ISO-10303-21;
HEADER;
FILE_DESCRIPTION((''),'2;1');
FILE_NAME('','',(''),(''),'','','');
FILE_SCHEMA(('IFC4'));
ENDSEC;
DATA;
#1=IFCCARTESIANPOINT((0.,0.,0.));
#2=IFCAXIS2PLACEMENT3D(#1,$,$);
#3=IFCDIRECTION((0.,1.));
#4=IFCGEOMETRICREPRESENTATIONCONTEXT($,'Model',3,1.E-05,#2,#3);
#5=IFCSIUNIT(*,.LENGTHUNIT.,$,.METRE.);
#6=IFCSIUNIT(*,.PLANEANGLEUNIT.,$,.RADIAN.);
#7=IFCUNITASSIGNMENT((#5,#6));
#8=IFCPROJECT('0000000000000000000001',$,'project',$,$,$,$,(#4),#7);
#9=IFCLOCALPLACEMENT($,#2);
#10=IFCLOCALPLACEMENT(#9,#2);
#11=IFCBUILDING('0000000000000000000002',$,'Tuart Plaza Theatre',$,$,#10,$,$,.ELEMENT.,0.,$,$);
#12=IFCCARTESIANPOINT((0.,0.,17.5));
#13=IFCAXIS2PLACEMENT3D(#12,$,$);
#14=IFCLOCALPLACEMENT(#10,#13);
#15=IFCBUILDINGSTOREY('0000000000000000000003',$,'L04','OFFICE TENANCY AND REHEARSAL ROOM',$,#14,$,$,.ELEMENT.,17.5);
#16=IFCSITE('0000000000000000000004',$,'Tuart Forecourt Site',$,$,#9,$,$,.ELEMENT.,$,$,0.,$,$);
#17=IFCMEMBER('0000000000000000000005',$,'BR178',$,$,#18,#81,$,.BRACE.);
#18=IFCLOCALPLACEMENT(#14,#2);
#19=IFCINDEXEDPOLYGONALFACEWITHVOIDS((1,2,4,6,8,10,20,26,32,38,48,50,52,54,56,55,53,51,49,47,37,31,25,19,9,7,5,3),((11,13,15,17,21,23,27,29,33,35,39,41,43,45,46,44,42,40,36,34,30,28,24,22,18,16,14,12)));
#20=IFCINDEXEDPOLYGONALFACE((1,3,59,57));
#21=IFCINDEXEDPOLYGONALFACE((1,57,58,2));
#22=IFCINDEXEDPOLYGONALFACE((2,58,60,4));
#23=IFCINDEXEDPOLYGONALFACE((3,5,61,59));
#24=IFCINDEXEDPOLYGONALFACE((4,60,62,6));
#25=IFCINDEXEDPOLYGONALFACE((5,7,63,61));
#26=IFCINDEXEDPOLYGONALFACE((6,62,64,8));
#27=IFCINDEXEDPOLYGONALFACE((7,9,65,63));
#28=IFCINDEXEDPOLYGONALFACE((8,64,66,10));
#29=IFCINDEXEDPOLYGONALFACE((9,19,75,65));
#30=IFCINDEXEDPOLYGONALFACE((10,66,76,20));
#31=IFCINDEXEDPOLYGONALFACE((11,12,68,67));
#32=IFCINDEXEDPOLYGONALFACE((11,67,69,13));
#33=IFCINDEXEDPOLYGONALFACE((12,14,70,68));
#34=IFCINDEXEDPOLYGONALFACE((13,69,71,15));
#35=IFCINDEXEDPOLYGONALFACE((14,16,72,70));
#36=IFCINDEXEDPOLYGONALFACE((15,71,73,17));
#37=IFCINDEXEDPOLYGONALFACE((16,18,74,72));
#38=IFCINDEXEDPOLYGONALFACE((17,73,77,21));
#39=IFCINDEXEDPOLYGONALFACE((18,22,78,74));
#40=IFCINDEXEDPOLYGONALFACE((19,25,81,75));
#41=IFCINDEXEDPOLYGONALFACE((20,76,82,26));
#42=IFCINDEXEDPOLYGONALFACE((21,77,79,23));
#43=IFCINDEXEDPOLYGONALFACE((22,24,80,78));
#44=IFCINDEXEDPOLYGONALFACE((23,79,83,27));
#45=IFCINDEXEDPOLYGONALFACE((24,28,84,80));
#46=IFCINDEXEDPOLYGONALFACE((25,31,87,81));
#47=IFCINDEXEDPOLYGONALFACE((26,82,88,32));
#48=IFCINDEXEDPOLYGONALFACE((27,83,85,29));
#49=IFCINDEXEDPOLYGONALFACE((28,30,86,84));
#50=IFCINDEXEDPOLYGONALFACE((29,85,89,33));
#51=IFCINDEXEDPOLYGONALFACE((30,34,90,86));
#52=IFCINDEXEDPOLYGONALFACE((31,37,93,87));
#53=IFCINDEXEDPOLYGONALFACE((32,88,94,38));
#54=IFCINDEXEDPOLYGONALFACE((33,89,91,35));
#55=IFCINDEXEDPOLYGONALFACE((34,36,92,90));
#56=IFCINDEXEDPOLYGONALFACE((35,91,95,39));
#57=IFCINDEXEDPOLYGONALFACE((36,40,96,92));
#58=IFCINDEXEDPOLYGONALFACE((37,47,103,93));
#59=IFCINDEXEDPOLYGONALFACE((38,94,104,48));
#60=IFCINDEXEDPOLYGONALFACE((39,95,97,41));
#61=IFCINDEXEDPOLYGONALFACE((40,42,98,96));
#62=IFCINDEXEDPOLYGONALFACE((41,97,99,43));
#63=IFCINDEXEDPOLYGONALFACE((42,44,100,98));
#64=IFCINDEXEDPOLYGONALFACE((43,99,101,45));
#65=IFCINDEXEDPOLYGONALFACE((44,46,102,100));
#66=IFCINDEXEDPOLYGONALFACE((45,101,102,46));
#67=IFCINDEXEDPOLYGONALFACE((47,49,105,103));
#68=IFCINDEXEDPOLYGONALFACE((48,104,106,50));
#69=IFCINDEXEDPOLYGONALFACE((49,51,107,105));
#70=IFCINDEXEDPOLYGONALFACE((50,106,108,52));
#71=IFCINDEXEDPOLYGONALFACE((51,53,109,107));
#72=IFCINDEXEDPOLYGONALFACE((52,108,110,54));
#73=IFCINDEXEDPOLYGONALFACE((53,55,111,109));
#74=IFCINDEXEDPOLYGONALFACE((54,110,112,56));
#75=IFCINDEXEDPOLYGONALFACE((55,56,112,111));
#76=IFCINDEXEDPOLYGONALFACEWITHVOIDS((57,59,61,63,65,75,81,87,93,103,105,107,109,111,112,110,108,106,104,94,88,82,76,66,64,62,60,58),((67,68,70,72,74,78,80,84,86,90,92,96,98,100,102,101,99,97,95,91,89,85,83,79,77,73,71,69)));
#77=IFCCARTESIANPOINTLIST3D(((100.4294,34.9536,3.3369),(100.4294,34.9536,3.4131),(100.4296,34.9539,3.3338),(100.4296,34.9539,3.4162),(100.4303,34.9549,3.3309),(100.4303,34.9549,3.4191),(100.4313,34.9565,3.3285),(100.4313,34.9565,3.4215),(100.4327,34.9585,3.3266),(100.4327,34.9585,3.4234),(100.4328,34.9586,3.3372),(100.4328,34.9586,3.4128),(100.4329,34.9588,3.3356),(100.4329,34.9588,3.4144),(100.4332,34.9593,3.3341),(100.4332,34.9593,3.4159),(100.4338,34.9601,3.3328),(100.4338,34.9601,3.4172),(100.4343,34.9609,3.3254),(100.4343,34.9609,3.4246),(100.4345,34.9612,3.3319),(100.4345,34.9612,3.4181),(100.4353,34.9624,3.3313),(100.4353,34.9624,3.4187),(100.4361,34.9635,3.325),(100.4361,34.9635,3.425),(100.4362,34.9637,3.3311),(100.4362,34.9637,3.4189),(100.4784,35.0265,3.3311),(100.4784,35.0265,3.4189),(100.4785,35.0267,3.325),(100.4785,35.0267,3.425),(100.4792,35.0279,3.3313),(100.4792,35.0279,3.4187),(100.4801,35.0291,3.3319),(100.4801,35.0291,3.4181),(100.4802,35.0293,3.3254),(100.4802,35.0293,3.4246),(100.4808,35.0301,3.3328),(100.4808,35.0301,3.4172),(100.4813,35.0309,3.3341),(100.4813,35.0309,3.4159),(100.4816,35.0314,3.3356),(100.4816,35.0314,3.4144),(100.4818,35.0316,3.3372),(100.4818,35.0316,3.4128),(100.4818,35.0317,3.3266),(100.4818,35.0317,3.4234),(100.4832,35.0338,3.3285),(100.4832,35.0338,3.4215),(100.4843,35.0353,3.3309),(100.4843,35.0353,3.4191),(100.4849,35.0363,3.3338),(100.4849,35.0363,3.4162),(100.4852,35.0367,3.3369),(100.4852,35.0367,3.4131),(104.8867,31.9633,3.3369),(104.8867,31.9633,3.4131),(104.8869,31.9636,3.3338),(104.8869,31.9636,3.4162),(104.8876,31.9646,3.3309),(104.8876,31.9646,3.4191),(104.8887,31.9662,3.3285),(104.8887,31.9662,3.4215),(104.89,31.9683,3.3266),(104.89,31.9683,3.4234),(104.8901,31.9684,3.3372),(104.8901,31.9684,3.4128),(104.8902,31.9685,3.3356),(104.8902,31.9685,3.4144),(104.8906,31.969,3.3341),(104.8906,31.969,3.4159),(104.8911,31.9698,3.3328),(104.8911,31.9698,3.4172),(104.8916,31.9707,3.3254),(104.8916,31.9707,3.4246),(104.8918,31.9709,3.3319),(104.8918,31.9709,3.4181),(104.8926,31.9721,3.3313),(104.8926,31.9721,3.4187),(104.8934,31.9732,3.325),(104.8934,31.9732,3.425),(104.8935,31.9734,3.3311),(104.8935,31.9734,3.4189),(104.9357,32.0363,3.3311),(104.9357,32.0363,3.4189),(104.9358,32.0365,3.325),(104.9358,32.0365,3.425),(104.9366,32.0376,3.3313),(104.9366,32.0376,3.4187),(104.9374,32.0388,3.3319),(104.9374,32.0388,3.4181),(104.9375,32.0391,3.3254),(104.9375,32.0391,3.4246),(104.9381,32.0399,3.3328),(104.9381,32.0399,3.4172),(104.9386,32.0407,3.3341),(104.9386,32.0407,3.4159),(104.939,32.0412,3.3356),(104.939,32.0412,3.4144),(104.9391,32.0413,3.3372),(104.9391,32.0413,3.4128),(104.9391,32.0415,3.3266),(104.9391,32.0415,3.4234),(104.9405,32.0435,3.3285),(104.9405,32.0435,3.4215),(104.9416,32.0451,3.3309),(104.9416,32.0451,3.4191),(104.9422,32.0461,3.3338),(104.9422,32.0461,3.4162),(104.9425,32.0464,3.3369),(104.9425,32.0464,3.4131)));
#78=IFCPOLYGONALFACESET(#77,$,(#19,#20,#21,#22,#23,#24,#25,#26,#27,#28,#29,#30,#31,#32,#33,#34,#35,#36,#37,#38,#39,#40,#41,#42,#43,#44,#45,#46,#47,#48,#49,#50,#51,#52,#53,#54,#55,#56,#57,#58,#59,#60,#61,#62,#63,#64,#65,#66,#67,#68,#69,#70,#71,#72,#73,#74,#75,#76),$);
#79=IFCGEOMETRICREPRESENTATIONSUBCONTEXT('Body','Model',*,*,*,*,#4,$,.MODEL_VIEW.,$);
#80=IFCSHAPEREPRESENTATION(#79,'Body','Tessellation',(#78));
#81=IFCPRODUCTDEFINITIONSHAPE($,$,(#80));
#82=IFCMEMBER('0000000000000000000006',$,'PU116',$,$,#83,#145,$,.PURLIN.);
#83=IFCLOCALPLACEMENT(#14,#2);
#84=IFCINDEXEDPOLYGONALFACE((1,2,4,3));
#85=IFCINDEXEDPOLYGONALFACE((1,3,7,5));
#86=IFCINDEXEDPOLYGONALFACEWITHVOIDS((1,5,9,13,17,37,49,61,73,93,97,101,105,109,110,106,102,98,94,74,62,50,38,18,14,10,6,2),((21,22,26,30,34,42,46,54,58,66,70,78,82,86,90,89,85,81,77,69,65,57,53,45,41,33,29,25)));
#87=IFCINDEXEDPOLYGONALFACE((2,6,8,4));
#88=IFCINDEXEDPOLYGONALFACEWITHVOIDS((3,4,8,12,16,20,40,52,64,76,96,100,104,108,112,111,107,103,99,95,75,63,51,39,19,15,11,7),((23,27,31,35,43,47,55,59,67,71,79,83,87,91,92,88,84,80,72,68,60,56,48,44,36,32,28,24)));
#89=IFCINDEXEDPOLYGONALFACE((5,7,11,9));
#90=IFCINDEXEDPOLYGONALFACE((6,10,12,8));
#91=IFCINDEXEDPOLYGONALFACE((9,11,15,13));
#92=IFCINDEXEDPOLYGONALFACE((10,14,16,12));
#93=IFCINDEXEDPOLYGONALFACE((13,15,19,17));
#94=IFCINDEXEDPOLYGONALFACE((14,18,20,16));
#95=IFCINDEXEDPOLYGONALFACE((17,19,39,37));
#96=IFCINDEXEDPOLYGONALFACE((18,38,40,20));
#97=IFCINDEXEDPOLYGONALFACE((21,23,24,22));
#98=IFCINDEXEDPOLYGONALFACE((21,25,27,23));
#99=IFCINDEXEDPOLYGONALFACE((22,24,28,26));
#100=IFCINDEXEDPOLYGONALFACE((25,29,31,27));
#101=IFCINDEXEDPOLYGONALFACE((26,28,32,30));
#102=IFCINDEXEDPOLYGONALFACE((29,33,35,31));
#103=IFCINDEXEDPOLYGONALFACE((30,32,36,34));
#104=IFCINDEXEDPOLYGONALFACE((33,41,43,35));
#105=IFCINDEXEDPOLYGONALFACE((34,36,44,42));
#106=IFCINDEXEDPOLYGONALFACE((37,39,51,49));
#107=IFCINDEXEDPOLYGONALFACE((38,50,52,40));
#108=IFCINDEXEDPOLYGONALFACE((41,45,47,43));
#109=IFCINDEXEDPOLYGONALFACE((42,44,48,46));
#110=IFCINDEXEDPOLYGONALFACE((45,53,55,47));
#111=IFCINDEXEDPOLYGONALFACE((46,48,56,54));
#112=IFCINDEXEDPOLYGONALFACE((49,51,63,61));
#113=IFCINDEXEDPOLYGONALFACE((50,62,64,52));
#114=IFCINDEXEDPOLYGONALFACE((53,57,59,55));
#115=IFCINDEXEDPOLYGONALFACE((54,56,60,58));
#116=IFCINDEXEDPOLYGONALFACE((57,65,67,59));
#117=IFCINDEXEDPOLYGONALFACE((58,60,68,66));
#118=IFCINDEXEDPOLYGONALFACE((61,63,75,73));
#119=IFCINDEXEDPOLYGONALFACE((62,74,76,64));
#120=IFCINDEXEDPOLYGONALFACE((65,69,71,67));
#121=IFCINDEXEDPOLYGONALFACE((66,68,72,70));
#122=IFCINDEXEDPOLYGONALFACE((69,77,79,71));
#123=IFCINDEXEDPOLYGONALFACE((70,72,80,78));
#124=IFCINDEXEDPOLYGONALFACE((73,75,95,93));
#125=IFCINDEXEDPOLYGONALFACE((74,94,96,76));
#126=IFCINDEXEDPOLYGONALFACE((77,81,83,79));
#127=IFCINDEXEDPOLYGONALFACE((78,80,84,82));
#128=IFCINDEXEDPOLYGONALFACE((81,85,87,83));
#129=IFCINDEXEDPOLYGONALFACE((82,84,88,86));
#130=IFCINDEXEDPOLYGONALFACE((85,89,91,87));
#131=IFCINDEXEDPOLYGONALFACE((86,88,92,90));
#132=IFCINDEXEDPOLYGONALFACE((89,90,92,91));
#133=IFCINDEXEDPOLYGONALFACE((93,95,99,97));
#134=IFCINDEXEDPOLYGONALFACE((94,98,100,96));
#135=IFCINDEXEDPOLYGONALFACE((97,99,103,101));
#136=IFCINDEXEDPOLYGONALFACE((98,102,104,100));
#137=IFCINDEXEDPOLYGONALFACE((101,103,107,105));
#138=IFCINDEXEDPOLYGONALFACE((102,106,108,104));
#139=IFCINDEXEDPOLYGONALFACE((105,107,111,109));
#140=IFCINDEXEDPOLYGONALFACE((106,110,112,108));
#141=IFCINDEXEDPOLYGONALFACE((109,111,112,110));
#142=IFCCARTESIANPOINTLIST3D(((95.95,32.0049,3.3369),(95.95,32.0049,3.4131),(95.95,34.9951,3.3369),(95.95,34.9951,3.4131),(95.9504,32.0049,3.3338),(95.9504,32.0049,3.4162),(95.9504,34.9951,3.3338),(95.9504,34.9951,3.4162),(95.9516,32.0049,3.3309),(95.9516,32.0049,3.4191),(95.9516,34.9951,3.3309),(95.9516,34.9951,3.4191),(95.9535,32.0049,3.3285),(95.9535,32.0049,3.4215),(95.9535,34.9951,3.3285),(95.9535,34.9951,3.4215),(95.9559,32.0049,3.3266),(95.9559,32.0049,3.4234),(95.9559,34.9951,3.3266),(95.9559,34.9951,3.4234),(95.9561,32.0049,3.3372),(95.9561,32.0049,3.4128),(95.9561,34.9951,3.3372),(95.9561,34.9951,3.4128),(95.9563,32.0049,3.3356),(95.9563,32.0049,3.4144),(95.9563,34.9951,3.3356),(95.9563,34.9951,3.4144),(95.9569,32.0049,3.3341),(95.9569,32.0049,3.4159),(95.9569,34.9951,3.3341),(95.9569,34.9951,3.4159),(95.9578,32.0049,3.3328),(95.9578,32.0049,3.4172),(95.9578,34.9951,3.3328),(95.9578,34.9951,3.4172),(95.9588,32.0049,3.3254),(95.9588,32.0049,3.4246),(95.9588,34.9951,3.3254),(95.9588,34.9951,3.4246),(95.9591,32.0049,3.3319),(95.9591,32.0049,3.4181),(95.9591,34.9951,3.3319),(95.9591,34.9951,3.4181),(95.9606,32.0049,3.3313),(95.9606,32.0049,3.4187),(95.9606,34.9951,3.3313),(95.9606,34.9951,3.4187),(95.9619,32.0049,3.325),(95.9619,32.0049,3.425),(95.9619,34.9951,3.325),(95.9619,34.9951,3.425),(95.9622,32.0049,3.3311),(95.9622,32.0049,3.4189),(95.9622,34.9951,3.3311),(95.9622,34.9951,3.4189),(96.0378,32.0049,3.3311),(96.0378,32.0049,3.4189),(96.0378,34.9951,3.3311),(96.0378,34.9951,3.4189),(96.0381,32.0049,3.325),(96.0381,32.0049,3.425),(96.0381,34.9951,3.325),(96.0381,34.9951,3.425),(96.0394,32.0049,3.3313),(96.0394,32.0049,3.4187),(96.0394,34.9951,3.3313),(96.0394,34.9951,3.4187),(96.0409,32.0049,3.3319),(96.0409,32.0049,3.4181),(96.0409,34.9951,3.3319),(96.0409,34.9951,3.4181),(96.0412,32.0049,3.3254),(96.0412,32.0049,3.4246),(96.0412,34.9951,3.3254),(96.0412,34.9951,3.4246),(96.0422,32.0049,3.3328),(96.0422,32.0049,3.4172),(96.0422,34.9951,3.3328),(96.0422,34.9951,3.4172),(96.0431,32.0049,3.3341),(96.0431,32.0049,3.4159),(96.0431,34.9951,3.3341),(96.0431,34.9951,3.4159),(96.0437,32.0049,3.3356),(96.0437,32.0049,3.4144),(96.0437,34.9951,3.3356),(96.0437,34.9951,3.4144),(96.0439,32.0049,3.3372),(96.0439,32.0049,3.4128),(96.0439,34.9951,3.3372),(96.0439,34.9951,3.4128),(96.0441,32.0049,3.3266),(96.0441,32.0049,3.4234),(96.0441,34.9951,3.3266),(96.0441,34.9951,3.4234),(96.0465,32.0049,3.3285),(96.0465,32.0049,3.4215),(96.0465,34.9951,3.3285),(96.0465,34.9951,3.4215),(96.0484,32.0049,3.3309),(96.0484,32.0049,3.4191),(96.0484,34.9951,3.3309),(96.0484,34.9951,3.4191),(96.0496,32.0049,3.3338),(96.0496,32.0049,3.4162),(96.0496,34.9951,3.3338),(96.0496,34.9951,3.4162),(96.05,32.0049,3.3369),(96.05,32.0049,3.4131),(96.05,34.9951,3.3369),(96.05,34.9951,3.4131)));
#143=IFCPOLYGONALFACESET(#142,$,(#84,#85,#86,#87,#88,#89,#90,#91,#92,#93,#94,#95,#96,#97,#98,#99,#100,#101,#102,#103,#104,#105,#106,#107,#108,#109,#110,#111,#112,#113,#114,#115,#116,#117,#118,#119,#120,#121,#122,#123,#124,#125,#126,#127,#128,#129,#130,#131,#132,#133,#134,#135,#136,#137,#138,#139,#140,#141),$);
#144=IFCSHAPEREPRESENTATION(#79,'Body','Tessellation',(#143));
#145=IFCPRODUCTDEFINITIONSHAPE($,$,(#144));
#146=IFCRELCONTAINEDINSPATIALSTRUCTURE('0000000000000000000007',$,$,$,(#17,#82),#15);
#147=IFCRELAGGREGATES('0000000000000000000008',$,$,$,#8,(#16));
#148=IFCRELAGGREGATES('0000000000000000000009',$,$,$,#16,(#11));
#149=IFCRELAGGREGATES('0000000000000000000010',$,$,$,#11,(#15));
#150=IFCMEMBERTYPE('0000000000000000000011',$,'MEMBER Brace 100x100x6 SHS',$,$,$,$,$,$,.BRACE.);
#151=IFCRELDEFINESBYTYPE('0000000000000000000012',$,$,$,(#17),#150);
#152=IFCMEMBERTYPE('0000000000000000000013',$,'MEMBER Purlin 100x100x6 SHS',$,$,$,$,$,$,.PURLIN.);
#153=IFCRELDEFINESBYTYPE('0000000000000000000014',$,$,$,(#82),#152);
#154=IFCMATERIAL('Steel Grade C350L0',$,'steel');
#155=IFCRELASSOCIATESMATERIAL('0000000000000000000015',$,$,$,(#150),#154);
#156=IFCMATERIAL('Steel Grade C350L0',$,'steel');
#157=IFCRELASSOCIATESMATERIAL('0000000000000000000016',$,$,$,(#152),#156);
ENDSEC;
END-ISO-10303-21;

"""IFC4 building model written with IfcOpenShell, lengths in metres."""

from ifc_helpers import new_model, si_unit, direction, frame, origin, origin_2d, place, context, subcontext, project, spatial, hollow_rectangle, extrude, material, material_profile, profile_set, type_object, element, save


model = new_model("IFC4")

# Units and contexts
model_context = context("Model", 3, precision=1e-05, world=origin(), true_north=direction((0.0, 1.0)))
body_context = subcontext(model_context, "Body", "Model", "MODEL_VIEW")
ifc_project = project(units=[si_unit("LENGTHUNIT", "METRE"), si_unit("PLANEANGLEUNIT", "RADIAN")], contexts=[model_context])

# Site, building, storey
site_placement = place(None, origin())
site = spatial("IfcSite", under=ifc_project, at=site_placement, Name="Tuart Forecourt Site", CompositionType="ELEMENT", RefElevation=0.0)
building_placement = place(site_placement, origin())
building = spatial("IfcBuilding", under=site, at=building_placement, Name="Tuart Plaza Theatre", CompositionType="ELEMENT", ElevationOfRefHeight=0.0)
storey_placement = place(building_placement, frame((0.0, 0.0, 17.5)))
storey = spatial("IfcBuildingStorey", under=building, at=storey_placement, Name="L04", Description="OFFICE TENANCY AND REHEARSAL ROOM", CompositionType="ELEMENT", Elevation=17.5)

# Members
ifc_material_1 = material(Name="Steel Grade C350L0", Category="steel")
ifc_material_profile_1 = material_profile(ifc_material_1, hollow_rectangle(XDim=0.1001, YDim=0.1001, WallThickness=0.0061, InnerFilletRadius=0.0061, OuterFilletRadius=0.012, at=origin_2d()), Name="100x100x6 SHS")
ifc_profile_set_1 = profile_set([ifc_material_profile_1], Name="Steel Grade C350L0")
member_type_1 = type_object("IfcMemberType", Name="MEMBER Brace 100x100x6 SHS", PredefinedType="BRACE", material=ifc_profile_set_1)
for number, where, z_axis, x_axis, name in (
    (1, (100.4573, 34.9951, 3.375), (0.830437, -0.557112, 0.0), (0.557112, 0.830437, 0.0), "BR178"),
):
    element("IfcMember", number, at=place(storey_placement, frame(where, z_axis=z_axis, x_axis=x_axis)), inside=storey, type_object=member_type_1, Name=name, PredefinedType="BRACE", context=body_context, shape_type="SweptSolid", body=[
        extrude(hollow_rectangle(XDim=0.1001, YDim=0.1001, WallThickness=0.0061, InnerFilletRadius=0.0061, OuterFilletRadius=0.012, at=origin_2d()), origin(), (0.0, 0.0, 1.0), 5.3674),
    ])
ifc_material_2 = material(Name="Steel Grade C350L0", Category="steel")
ifc_material_profile_2 = material_profile(ifc_material_2, hollow_rectangle(XDim=0.1001, YDim=0.1001, WallThickness=0.0061, InnerFilletRadius=0.0061, OuterFilletRadius=0.012, at=origin_2d()), Name="100x100x6 SHS")
ifc_profile_set_2 = profile_set([ifc_material_profile_2], Name="Steel Grade C350L0")
member_type_2 = type_object("IfcMemberType", Name="MEMBER Purlin 100x100x6 SHS", PredefinedType="PURLIN", material=ifc_profile_set_2)
for number, where, z_axis, x_axis, name in (
    (2, (96.0, 32.0049, 3.375), (0.0, 1.0, 0.0), (-1.0, 0.0, 0.0), "PU116"),
):
    element("IfcMember", number, at=place(storey_placement, frame(where, z_axis=z_axis, x_axis=x_axis)), inside=storey, type_object=member_type_2, Name=name, PredefinedType="PURLIN", context=body_context, shape_type="SweptSolid", body=[
        extrude(hollow_rectangle(XDim=0.1001, YDim=0.1001, WallThickness=0.0061, InnerFilletRadius=0.0061, OuterFilletRadius=0.012, at=origin_2d()), origin(), (0.0, 0.0, 1.0), 2.9902),
    ])

save(model, "model.ifc")
